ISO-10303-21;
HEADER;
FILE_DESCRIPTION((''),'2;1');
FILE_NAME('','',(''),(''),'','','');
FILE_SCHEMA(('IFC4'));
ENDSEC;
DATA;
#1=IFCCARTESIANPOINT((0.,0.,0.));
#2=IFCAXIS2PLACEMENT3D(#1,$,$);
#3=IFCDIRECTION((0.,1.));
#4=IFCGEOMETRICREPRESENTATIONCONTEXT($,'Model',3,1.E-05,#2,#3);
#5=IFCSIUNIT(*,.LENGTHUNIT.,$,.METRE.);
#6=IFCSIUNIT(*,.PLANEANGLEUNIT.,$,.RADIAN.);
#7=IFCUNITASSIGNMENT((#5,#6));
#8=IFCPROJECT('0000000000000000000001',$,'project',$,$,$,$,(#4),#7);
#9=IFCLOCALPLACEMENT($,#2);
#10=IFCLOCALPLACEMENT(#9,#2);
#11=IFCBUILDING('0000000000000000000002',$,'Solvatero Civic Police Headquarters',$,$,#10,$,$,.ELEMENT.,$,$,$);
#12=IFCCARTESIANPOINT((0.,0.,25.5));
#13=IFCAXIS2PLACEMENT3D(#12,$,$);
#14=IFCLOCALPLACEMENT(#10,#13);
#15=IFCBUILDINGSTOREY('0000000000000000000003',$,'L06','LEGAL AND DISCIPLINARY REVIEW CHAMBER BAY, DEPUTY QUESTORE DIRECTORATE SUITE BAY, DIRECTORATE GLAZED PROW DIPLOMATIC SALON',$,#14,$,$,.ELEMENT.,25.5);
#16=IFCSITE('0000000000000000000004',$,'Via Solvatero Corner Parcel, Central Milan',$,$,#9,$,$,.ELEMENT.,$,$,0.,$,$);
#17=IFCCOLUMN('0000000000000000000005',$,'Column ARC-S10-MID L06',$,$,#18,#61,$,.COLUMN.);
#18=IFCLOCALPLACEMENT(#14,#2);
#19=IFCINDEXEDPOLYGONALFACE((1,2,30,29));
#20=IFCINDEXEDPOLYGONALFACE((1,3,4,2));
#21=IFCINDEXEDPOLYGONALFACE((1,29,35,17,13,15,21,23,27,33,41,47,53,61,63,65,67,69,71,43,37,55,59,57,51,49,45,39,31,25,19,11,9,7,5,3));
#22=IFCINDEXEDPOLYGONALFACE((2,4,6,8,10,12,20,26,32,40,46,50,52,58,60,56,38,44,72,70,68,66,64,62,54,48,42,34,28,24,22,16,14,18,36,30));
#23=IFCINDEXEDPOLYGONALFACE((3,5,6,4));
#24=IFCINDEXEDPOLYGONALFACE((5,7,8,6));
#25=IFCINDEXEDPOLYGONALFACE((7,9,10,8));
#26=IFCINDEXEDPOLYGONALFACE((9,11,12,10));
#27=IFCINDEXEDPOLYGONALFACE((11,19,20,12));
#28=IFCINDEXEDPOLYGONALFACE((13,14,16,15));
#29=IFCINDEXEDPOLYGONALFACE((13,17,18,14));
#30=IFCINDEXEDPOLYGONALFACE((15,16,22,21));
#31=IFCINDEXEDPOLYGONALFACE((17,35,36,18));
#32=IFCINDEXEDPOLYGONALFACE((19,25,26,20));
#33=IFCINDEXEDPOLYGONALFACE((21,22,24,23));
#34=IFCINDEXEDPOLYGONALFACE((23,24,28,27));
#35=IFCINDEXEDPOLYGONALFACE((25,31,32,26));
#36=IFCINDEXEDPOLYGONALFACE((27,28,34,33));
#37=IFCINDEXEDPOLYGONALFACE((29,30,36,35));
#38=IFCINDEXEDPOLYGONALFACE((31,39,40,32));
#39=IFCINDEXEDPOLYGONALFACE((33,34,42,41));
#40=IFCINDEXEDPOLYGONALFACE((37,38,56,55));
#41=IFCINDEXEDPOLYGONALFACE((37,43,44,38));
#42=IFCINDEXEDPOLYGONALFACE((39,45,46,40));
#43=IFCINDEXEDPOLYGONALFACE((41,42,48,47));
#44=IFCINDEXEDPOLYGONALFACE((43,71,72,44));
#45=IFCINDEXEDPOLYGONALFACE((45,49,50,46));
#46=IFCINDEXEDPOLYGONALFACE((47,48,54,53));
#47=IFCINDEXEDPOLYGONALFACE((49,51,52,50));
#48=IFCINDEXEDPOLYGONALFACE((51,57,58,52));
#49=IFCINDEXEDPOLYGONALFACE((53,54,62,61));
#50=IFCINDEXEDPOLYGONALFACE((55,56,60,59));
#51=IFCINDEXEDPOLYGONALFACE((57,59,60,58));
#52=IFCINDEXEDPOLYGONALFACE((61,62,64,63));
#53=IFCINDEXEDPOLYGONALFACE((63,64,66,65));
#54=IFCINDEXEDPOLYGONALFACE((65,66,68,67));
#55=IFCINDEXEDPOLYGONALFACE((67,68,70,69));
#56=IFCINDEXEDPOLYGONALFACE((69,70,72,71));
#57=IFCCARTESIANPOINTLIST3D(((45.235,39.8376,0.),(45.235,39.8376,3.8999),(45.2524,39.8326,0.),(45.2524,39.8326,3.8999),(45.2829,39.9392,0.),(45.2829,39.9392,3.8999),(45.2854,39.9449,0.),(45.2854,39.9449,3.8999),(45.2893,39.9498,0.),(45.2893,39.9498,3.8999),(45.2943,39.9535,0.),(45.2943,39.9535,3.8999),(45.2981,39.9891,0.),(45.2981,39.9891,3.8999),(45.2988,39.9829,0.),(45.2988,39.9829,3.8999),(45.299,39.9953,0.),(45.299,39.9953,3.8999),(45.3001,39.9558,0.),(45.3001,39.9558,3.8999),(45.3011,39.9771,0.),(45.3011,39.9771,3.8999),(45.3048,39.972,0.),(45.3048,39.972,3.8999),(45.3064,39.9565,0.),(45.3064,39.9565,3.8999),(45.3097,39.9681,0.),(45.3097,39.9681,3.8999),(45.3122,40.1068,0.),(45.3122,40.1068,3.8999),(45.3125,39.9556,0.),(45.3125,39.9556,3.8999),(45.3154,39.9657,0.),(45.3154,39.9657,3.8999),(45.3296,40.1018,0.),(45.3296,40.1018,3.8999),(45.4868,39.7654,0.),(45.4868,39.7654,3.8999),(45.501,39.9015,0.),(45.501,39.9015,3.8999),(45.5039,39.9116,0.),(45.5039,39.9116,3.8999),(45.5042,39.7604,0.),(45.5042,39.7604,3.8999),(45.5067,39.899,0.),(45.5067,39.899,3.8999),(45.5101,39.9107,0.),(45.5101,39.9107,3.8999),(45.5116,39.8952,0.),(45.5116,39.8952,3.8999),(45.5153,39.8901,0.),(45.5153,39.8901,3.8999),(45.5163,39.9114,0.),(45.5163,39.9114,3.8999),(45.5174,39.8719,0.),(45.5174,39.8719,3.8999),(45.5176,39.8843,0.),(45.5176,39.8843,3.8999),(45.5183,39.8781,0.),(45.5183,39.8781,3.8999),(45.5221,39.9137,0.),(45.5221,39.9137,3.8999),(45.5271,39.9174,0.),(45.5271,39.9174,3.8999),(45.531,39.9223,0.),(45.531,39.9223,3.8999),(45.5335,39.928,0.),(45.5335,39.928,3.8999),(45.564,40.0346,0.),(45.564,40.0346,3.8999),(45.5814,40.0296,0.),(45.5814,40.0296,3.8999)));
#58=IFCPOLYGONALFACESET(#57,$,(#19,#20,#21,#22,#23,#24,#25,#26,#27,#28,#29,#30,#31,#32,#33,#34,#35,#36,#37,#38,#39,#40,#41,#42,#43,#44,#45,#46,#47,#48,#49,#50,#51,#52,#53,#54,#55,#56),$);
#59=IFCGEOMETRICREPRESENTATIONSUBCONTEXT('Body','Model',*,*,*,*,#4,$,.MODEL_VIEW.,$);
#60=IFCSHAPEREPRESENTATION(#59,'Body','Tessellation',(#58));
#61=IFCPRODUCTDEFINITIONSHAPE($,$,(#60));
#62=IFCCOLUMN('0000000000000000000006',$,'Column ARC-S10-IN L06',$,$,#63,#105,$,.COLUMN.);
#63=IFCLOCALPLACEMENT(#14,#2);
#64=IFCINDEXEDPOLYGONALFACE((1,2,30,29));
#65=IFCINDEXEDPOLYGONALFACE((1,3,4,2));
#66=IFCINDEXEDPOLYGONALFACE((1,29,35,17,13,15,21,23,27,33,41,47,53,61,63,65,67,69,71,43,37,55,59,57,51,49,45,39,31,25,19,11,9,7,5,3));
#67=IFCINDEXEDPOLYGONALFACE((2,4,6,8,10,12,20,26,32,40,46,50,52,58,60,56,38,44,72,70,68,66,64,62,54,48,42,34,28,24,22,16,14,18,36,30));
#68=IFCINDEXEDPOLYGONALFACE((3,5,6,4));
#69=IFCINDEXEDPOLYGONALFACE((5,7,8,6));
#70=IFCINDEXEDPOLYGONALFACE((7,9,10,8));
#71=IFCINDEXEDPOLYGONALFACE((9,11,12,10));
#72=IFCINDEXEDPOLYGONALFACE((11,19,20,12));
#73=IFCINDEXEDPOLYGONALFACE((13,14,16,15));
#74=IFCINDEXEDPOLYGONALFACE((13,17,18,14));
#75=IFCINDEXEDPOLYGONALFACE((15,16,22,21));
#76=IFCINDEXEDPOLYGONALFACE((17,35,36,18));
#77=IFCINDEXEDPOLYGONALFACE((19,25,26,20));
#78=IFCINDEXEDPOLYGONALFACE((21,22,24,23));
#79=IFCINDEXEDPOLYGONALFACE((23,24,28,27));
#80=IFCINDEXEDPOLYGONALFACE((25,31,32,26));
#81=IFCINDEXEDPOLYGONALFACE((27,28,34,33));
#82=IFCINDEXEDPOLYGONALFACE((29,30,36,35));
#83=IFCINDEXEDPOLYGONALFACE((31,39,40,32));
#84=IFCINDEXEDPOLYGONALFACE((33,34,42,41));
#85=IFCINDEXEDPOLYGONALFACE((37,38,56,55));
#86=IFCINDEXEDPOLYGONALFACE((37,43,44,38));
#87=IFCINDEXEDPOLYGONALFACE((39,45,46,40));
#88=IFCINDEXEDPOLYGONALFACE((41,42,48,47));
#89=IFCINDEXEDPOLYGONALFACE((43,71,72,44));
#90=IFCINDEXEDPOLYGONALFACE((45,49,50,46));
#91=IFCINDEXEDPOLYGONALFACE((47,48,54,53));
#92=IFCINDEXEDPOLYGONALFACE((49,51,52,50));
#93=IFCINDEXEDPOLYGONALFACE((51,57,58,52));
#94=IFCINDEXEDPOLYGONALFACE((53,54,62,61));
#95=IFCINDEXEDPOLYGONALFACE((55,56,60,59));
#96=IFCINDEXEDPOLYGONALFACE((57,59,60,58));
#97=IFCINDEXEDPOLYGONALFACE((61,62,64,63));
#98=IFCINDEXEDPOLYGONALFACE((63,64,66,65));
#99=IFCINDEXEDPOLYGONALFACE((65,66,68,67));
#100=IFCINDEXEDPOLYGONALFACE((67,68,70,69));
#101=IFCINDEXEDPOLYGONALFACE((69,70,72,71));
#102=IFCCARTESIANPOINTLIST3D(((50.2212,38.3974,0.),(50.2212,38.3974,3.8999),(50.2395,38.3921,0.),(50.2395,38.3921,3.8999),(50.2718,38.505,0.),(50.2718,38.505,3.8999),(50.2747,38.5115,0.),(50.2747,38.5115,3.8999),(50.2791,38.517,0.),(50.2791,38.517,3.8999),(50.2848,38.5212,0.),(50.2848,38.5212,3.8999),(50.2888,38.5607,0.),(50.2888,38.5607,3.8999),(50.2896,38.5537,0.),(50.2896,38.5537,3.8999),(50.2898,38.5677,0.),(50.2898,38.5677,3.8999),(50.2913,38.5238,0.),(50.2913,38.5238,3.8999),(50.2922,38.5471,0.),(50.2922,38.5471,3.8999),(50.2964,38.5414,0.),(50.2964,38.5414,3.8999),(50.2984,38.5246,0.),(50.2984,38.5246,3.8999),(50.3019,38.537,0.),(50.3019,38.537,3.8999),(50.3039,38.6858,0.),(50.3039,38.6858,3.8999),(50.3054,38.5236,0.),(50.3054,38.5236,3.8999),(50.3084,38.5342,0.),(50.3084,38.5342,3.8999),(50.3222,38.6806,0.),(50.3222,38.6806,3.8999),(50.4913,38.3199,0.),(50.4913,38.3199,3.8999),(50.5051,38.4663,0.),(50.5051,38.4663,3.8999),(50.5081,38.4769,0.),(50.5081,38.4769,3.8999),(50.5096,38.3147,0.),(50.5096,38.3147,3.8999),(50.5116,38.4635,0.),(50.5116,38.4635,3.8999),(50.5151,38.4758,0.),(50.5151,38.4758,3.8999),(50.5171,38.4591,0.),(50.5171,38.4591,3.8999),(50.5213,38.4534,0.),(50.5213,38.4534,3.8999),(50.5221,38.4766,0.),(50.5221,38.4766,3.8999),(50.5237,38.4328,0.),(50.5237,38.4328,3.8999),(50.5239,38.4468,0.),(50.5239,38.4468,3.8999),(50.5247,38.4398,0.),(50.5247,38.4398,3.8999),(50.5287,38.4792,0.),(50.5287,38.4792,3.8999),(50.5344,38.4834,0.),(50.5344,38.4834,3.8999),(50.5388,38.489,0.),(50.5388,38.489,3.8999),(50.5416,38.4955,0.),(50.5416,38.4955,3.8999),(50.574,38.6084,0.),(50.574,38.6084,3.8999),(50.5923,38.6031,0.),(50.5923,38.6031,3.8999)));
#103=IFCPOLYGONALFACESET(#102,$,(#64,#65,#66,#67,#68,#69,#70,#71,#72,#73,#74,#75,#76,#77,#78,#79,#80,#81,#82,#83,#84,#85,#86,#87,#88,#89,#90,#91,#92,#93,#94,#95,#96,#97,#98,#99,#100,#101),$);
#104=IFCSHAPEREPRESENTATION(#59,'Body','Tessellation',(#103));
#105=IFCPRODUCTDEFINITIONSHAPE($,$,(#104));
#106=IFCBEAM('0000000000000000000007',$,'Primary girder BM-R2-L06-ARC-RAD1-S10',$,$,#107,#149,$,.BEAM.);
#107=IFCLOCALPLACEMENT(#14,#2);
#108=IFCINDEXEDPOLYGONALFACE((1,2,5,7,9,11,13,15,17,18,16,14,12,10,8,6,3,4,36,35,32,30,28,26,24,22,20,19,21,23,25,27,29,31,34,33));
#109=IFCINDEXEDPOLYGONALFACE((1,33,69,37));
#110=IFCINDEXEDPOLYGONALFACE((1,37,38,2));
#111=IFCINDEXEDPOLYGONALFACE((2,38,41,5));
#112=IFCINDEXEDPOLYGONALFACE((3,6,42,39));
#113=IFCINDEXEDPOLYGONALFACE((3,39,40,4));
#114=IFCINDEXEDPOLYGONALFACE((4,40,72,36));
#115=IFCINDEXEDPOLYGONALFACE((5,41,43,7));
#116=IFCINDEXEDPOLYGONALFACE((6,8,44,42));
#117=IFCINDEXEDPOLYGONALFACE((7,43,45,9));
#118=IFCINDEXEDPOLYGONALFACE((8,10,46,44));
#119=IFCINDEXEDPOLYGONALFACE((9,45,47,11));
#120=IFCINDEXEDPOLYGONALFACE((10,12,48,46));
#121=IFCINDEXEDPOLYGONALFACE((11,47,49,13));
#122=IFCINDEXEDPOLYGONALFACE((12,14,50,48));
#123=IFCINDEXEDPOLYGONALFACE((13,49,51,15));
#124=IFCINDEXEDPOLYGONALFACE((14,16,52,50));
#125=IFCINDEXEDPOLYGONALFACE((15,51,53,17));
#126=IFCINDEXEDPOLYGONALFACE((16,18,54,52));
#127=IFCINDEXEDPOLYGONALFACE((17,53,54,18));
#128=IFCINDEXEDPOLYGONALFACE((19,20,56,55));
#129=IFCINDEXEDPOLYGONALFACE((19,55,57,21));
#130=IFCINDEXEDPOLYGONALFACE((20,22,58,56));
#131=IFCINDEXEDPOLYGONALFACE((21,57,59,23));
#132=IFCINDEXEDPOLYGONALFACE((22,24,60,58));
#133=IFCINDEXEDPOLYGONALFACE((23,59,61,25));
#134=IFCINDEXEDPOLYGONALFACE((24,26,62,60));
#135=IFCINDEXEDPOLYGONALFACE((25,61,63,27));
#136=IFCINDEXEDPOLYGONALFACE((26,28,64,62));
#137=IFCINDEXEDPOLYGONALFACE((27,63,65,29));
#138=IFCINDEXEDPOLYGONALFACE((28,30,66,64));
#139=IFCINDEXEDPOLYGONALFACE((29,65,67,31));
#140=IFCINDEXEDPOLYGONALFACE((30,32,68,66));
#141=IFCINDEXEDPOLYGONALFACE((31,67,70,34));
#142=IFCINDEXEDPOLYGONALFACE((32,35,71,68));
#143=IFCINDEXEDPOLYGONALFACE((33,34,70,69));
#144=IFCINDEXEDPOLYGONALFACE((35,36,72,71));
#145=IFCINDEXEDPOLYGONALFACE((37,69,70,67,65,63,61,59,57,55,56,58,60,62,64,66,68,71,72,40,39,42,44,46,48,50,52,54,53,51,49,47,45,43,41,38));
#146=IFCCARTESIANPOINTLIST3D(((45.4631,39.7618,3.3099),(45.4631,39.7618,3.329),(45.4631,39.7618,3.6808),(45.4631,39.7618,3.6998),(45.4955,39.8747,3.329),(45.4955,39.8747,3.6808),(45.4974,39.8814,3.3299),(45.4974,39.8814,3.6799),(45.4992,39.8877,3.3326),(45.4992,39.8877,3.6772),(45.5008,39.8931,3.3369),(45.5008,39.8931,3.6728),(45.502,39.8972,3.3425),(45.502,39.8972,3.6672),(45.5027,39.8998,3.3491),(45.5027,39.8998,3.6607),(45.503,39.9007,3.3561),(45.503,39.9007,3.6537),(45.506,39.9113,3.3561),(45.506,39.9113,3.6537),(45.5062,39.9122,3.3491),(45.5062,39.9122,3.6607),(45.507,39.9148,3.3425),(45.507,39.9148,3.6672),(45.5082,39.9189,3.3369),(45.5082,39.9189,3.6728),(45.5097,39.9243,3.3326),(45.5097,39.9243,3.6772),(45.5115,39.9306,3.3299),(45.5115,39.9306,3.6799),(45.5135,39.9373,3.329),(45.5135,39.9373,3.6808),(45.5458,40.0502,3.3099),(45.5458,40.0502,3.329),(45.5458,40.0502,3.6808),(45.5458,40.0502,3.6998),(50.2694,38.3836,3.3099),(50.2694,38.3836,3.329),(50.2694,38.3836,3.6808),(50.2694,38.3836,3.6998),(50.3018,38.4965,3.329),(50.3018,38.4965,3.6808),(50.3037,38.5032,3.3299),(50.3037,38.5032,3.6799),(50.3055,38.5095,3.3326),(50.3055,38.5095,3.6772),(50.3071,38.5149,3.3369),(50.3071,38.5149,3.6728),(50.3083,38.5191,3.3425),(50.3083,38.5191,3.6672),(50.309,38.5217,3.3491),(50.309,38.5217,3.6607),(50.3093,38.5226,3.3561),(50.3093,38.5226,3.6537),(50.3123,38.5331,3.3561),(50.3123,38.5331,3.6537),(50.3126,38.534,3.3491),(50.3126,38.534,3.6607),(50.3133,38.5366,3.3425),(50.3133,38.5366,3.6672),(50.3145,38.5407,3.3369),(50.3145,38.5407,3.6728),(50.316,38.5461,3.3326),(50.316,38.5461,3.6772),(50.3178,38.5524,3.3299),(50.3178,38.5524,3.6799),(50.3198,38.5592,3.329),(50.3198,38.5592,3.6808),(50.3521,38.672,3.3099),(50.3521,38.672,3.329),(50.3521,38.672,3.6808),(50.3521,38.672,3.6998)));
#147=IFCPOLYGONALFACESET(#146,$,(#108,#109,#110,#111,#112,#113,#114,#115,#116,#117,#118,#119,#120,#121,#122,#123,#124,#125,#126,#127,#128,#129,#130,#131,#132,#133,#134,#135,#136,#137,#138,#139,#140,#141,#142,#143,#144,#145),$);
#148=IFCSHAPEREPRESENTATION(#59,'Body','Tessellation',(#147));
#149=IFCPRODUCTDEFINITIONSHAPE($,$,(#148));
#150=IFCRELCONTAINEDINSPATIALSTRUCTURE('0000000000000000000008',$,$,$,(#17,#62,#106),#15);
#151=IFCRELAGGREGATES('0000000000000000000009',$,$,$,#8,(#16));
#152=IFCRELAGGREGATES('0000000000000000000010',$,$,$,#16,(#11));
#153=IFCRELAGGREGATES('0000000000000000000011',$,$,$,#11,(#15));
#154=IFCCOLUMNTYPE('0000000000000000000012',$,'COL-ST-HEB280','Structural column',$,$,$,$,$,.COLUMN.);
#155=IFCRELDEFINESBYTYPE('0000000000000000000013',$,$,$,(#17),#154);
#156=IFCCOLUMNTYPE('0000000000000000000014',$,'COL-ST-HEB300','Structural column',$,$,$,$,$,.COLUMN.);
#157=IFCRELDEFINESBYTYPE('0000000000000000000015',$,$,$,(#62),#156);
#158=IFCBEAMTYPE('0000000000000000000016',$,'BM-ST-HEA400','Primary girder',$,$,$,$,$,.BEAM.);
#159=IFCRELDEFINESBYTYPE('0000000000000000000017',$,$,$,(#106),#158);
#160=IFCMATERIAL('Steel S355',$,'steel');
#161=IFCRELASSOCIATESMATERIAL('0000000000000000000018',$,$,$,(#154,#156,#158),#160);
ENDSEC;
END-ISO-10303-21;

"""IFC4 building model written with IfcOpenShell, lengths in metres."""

from ifc_helpers import new_model, si_unit, direction, frame, origin, origin_2d, place, context, subcontext, project, spatial, i_section, extrude, material, material_profile, profile_set, type_object, element, save


model = new_model("IFC4")

# Units and contexts
model_context = context("Model", 3, precision=1e-05, world=origin(), true_north=direction((0.0, 1.0)))
body_context = subcontext(model_context, "Body", "Model", "MODEL_VIEW")
ifc_project = project(units=[si_unit("LENGTHUNIT", "METRE"), si_unit("PLANEANGLEUNIT", "RADIAN")], contexts=[model_context])

# Site, building, storey
site_placement = place(None, origin())
site = spatial("IfcSite", under=ifc_project, at=site_placement, Name="Via Solvatero Corner Parcel, Central Milan", CompositionType="ELEMENT", RefElevation=0.0)
building_placement = place(site_placement, origin())
building = spatial("IfcBuilding", under=site, at=building_placement, Name="Solvatero Civic Police Headquarters", CompositionType="ELEMENT")
storey_placement = place(building_placement, frame((0.0, 0.0, 25.5)))
storey = spatial("IfcBuildingStorey", under=building, at=storey_placement, Name="L06", Description="LEGAL AND DISCIPLINARY REVIEW CHAMBER BAY, DEPUTY QUESTORE DIRECTORATE SUITE BAY, DIRECTORATE GLAZED PROW DIPLOMATIC SALON", CompositionType="ELEMENT", Elevation=25.5)

# Columns
ifc_material_1 = material(Name="Steel S355", Category="steel")
ifc_material_profile_1 = material_profile(ifc_material_1, i_section(OverallWidth=0.28, OverallDepth=0.28, WebThickness=0.0105, FlangeThickness=0.0181, FilletRadius=0.0239, at=origin_2d()), Name="HEB 280")
ifc_profile_set_1 = profile_set([ifc_material_profile_1], Name="Steel S355")
column_type_1 = type_object("IfcColumnType", Name="COL-ST-HEB280", Description="Structural column", PredefinedType="COLUMN", material=ifc_profile_set_1)
column_1_placement = place(storey_placement, frame((45.4082, 39.9336, 0.0), z_axis=(0.0, 0.0, 1.0), x_axis=(0.275637, 0.961262, 0.0)))
element("IfcColumn", 1, at=column_1_placement, inside=storey, type_object=column_type_1, Name="Column ARC-S10-MID L06", PredefinedType="COLUMN", context=body_context, shape_type="SweptSolid", body=[
    extrude(i_section(OverallWidth=0.28, OverallDepth=0.28, WebThickness=0.0105, FlangeThickness=0.0181, FilletRadius=0.0239, at=origin_2d()), origin(), (0.0, 0.0, 1.0), 3.8999),
])
ifc_material_profile_2 = material_profile(ifc_material_1, i_section(OverallWidth=0.3, OverallDepth=0.3, WebThickness=0.011, FlangeThickness=0.019, FilletRadius=0.0271, at=origin_2d()), Name="HEB 300")
ifc_profile_set_2 = profile_set([ifc_material_profile_2], Name="Steel S355")
column_type_2 = type_object("IfcColumnType", Name="COL-ST-HEB300", Description="Structural column", PredefinedType="COLUMN", material=ifc_profile_set_2)
column_2_placement = place(storey_placement, frame((50.4067, 38.5002, 0.0), z_axis=(0.0, 0.0, 1.0), x_axis=(0.275637, 0.961262, 0.0)))
element("IfcColumn", 2, at=column_2_placement, inside=storey, type_object=column_type_2, Name="Column ARC-S10-IN L06", PredefinedType="COLUMN", context=body_context, shape_type="SweptSolid", body=[
    extrude(i_section(OverallWidth=0.3, OverallDepth=0.3, WebThickness=0.011, FlangeThickness=0.019, FilletRadius=0.0271, at=origin_2d()), origin(), (0.0, 0.0, 1.0), 3.8999),
])

# Beam
ifc_material_profile_3 = material_profile(ifc_material_1, i_section(OverallWidth=0.3, OverallDepth=0.3899, WebThickness=0.011, FlangeThickness=0.019, FilletRadius=0.0271, at=origin_2d()), Name="HEA 400")
ifc_profile_set_3 = profile_set([ifc_material_profile_3], Name="Steel S355")
beam_type_1 = type_object("IfcBeamType", Name="BM-ST-HEA400", Description="Primary girder", PredefinedType="BEAM", material=ifc_profile_set_3)
beam_1_placement = place(storey_placement, frame((50.3108, 38.5278, 3.5049), z_axis=(-0.961264, 0.27563, 0.0), x_axis=(-0.27563, -0.961264, 0.0)))
element("IfcBeam", 3, at=beam_1_placement, inside=storey, type_object=beam_type_1, Name="Primary girder BM-R2-L06-ARC-RAD1-S10", PredefinedType="BEAM", context=body_context, shape_type="SweptSolid", body=[
    extrude(i_section(OverallWidth=0.3, OverallDepth=0.3899, WebThickness=0.011, FlangeThickness=0.019, FilletRadius=0.0271, at=origin_2d()), origin(), (0.0, 0.0, 1.0), 5.0),
])

save(model, "model.ifc")
